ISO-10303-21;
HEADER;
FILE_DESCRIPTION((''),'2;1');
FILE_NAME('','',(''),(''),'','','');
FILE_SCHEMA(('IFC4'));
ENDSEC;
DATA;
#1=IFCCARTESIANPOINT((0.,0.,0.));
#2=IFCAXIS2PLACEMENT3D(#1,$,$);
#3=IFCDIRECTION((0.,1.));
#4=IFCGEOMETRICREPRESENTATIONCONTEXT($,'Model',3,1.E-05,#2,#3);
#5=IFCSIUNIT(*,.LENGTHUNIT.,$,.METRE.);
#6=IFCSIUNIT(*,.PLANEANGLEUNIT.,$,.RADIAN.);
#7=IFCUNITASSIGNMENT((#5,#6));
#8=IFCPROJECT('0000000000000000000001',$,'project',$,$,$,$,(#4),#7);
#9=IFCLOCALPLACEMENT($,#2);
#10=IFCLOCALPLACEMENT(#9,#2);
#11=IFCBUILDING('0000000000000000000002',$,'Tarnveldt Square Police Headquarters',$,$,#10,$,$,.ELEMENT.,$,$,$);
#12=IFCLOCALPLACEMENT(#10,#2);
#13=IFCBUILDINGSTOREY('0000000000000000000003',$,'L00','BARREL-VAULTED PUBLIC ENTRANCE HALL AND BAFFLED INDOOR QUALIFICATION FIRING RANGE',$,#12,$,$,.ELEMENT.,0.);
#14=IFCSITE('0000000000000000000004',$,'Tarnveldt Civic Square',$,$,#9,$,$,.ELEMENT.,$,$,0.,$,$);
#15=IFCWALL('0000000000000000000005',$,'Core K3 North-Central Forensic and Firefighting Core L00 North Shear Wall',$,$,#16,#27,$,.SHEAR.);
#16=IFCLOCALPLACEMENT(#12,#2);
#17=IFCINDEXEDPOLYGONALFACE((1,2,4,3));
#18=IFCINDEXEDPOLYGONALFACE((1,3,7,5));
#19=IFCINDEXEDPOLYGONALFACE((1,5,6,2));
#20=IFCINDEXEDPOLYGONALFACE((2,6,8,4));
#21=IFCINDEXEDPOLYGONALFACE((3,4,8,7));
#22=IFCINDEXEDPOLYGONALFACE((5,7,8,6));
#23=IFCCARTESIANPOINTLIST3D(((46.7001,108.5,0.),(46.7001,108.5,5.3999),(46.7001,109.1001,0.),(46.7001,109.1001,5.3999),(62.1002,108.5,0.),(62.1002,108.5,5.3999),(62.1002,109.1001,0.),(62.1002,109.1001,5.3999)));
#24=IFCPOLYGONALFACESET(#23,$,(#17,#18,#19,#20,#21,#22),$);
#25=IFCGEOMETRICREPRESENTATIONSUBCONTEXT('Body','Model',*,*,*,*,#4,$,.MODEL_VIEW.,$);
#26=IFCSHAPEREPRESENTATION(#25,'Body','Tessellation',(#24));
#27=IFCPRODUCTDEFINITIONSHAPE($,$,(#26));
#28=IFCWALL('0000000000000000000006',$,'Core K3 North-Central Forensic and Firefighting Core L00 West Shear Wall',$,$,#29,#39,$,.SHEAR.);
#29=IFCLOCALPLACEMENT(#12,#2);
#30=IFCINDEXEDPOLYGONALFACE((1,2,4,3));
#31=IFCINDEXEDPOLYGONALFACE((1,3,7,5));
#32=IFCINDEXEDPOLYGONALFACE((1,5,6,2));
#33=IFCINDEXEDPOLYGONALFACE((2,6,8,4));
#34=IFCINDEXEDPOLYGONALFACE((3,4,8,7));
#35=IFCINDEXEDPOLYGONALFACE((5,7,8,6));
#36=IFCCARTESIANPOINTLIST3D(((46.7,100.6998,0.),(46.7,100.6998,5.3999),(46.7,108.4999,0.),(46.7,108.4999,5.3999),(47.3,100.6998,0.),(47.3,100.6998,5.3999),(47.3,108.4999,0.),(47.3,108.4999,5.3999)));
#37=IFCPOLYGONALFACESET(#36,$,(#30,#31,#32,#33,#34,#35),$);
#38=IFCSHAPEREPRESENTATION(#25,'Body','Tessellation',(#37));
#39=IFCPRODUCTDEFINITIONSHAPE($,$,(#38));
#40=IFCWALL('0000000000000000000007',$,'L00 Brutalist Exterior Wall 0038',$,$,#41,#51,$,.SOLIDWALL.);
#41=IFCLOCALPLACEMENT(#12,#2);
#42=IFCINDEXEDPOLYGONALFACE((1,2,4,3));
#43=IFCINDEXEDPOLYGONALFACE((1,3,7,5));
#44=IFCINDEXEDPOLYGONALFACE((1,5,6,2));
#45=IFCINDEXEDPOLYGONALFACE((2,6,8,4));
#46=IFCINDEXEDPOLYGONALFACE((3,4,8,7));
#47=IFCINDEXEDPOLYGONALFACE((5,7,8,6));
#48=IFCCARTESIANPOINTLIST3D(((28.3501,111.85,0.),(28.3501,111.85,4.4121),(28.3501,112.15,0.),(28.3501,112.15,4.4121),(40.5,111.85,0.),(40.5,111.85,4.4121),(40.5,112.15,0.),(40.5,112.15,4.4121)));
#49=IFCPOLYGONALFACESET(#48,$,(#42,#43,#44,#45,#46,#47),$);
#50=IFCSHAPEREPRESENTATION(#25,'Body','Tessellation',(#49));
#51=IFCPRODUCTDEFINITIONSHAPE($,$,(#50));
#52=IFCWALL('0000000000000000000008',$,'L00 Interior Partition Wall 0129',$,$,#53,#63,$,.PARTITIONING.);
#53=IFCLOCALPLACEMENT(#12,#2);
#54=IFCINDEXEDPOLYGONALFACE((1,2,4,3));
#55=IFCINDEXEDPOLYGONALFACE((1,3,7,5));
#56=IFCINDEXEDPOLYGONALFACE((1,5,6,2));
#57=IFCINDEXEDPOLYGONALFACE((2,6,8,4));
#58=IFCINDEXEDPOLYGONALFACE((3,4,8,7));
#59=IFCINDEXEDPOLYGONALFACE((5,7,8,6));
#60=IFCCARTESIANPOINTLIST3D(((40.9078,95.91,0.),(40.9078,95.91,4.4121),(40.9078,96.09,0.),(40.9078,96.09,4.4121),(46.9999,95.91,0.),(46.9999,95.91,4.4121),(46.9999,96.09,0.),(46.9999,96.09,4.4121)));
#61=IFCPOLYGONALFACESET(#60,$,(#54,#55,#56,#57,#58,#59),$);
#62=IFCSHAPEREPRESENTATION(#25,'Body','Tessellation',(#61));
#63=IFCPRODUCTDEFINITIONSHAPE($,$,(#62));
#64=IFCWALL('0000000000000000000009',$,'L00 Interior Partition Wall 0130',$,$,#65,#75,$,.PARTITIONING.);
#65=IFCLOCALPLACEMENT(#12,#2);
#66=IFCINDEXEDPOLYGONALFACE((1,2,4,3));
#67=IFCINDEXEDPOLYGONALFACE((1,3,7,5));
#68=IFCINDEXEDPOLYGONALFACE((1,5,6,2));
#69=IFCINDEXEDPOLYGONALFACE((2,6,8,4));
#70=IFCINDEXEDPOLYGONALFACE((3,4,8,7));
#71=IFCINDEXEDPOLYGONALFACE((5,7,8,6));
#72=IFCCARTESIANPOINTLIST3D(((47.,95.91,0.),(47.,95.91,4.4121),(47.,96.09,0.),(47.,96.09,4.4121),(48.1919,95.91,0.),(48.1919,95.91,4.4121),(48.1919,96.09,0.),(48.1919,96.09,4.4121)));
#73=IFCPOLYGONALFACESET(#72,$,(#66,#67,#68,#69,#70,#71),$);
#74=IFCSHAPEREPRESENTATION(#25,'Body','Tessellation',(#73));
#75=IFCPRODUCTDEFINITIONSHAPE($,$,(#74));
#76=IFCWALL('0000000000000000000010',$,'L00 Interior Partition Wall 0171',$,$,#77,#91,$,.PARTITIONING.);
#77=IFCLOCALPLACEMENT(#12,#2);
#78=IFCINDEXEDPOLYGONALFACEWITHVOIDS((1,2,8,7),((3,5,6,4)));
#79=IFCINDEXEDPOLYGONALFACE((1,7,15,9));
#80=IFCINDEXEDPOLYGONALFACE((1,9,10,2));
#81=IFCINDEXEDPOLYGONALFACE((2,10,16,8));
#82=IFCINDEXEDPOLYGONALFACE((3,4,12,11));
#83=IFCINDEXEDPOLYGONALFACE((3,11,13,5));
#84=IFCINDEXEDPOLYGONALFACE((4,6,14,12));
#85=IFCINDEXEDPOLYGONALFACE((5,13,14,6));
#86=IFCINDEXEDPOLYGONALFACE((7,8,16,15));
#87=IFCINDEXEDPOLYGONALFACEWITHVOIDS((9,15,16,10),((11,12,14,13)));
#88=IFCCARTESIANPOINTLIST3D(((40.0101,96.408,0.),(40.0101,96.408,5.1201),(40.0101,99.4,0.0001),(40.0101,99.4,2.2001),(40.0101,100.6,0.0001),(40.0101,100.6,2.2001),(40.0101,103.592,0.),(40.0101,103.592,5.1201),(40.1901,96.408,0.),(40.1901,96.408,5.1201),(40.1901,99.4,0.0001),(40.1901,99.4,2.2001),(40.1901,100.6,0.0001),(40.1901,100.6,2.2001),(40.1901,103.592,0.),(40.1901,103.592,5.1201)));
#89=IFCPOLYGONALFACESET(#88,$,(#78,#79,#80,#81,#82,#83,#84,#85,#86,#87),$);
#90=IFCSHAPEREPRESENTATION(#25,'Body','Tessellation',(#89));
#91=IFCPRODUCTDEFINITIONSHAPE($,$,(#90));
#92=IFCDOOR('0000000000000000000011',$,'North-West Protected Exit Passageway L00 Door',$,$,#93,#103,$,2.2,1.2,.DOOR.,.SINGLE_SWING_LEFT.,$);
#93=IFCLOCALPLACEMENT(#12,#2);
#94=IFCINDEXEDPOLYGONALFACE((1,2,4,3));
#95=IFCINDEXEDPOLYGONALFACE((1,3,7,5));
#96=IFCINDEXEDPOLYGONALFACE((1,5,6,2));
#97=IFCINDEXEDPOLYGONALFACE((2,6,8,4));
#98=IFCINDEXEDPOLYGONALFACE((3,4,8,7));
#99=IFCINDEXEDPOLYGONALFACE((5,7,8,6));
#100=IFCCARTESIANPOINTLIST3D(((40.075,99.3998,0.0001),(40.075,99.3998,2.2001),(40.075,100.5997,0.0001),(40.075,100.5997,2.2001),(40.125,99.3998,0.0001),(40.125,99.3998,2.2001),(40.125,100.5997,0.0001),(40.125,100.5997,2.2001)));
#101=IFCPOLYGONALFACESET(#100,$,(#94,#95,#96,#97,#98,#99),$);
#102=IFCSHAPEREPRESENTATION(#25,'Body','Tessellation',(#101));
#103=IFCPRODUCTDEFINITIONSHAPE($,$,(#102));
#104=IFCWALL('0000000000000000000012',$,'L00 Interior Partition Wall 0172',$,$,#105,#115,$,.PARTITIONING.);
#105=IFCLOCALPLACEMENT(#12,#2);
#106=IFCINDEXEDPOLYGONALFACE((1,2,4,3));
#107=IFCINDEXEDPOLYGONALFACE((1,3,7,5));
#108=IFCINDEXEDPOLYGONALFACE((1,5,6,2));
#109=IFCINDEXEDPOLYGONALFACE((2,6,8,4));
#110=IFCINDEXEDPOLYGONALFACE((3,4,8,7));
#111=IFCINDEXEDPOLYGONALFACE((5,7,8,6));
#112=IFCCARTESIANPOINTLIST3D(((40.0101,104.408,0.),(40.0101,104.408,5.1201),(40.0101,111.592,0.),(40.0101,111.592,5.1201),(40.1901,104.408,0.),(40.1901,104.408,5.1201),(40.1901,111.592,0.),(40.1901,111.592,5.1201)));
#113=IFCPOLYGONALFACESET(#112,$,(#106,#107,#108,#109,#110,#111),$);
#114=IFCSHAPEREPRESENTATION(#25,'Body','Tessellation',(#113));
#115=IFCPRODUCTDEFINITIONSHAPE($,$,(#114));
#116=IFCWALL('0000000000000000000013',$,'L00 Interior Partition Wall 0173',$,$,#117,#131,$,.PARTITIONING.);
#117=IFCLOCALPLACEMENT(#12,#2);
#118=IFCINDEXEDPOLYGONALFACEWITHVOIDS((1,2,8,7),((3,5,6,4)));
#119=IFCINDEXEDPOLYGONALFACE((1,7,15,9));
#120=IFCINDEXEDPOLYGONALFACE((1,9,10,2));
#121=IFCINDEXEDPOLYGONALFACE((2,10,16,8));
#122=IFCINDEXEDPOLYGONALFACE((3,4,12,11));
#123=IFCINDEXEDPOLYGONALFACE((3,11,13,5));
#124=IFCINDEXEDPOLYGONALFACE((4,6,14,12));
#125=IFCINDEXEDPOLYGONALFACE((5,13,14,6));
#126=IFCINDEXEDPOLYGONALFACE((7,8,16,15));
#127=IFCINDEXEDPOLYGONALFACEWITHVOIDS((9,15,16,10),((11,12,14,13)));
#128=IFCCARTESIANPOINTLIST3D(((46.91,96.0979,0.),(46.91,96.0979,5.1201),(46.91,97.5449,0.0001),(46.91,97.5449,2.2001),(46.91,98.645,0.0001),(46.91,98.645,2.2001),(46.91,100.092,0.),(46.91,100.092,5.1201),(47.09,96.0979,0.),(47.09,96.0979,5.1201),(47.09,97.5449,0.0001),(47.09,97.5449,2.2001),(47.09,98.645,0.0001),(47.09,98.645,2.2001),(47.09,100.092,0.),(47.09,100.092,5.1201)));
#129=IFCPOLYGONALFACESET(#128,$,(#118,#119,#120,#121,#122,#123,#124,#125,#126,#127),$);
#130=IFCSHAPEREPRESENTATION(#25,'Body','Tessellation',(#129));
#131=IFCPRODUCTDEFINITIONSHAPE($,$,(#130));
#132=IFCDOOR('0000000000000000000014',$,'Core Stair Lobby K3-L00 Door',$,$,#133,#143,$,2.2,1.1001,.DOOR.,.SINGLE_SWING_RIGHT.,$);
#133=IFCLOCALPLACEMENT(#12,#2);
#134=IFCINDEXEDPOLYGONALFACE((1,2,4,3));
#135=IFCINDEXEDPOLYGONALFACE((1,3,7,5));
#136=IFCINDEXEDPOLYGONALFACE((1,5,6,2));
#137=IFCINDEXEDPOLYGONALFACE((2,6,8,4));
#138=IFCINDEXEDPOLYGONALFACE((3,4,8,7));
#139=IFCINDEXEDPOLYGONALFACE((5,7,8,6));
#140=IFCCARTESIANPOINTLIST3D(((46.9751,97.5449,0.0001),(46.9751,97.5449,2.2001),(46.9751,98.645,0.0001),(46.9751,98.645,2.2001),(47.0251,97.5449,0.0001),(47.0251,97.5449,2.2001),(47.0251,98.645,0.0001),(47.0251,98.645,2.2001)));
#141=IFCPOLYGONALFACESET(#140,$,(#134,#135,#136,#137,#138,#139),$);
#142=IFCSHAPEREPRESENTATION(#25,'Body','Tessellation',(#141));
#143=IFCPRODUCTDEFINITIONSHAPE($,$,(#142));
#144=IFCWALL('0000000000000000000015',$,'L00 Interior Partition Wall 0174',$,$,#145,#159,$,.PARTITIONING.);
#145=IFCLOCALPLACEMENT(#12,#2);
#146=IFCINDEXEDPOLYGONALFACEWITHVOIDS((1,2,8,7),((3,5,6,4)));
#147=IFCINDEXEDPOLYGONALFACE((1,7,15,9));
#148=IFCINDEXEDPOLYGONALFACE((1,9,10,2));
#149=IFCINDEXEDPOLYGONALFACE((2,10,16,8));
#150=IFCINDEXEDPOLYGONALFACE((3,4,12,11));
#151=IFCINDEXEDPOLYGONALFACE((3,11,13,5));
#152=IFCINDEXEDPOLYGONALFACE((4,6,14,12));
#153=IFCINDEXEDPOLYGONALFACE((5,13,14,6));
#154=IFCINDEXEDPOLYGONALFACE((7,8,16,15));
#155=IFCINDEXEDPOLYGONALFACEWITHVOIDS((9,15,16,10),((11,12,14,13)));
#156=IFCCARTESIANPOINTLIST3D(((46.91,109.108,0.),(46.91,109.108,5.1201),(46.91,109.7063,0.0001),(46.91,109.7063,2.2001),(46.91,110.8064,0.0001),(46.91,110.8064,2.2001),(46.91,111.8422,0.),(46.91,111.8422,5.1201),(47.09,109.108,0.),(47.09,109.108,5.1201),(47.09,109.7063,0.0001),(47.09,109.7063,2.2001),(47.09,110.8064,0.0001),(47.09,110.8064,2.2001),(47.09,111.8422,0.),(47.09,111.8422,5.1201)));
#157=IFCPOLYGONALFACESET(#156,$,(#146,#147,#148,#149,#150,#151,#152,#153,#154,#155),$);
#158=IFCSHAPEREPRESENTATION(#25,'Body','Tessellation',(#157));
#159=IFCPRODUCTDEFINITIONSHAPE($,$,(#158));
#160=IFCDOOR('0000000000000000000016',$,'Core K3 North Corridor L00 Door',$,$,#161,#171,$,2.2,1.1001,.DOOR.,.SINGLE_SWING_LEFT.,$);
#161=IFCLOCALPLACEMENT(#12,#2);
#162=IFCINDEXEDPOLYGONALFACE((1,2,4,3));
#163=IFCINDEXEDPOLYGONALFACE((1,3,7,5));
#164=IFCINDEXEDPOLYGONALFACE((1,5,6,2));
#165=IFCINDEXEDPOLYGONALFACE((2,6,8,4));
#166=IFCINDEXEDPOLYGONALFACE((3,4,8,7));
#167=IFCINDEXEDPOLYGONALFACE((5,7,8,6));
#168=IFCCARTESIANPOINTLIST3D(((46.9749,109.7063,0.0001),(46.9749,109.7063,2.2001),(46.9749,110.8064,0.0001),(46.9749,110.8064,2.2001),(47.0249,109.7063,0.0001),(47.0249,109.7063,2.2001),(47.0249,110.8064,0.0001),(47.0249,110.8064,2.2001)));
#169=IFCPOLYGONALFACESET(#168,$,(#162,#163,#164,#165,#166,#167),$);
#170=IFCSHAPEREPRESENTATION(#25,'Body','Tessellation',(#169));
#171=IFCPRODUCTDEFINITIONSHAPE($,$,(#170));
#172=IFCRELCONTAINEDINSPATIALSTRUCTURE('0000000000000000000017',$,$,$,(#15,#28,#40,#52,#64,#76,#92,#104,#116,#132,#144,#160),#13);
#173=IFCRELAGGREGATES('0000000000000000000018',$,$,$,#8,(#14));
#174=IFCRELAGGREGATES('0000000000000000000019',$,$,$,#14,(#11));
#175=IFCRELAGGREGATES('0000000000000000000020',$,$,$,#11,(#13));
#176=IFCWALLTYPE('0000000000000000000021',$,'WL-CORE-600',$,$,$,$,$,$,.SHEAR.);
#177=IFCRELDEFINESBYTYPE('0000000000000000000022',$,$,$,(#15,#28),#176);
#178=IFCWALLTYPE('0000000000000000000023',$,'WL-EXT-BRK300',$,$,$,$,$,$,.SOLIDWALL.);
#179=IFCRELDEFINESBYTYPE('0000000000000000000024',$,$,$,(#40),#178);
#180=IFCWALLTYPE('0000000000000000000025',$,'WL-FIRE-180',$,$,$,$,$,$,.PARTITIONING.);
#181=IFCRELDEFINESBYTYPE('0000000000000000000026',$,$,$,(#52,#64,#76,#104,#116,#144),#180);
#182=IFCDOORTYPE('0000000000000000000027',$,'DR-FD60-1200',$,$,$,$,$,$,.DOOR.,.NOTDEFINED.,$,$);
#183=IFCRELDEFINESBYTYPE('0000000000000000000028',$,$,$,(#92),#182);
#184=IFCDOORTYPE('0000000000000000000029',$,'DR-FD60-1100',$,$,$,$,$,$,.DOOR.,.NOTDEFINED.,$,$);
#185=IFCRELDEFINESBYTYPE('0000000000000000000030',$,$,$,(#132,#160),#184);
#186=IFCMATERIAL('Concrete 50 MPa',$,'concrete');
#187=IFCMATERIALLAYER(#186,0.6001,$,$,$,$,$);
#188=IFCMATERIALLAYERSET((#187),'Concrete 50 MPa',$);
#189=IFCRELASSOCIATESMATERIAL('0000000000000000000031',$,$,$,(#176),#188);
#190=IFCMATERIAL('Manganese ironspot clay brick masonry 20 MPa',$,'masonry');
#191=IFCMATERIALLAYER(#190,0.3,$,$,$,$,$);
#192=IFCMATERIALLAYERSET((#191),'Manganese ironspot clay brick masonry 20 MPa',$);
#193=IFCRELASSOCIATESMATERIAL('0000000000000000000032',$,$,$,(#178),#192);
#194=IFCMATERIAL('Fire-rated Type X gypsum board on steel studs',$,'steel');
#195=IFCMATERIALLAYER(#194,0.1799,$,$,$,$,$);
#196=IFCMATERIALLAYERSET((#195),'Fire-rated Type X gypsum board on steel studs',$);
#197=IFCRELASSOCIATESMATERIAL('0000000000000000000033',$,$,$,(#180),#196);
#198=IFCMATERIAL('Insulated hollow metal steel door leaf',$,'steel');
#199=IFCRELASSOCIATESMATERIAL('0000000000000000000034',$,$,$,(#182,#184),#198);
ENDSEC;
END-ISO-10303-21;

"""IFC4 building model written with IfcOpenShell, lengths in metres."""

from ifc_helpers import new_model, si_unit, direction, frame, frame_2d, origin, place, context, subcontext, project, spatial, rectangle, extrude, material, layer, layer_set, type_object, element, fill, save


model = new_model("IFC4")

# Units and contexts
model_context = context("Model", 3, precision=1e-05, world=origin(), true_north=direction((0.0, 1.0)))
body_context = subcontext(model_context, "Body", "Model", "MODEL_VIEW")
ifc_project = project(units=[si_unit("LENGTHUNIT", "METRE"), si_unit("PLANEANGLEUNIT", "RADIAN")], contexts=[model_context])

# Site, building, storey
site_placement = place(None, origin())
site = spatial("IfcSite", under=ifc_project, at=site_placement, Name="Tarnveldt Civic Square", CompositionType="ELEMENT", RefElevation=0.0)
building_placement = place(site_placement, origin())
building = spatial("IfcBuilding", under=site, at=building_placement, Name="Tarnveldt Square Police Headquarters", CompositionType="ELEMENT")
storey_placement = place(building_placement, origin())
storey = spatial("IfcBuildingStorey", under=building, at=storey_placement, Name="L00", Description="BARREL-VAULTED PUBLIC ENTRANCE HALL AND BAFFLED INDOOR QUALIFICATION FIRING RANGE", CompositionType="ELEMENT", Elevation=0.0)

# Shared definitions
ifc_material_1 = material(Name="Concrete 50 MPa", Category="concrete")

# Shared definitions
ifc_layer_1 = layer(ifc_material_1, 0.6001)
ifc_layer_set_1 = layer_set([ifc_layer_1], Name="Concrete 50 MPa")
wall_type_1 = type_object("IfcWallType", Name="WL-CORE-600", PredefinedType="SHEAR", material=ifc_layer_set_1)
ifc_material_2 = material(Name="Insulated hollow metal steel door leaf", Category="steel")

# Walls
wall_1_placement = place(storey_placement, frame((46.7, 108.8, 0.0), z_axis=(0.0, 0.0, 1.0), x_axis=(1.0, 0.0, 0.0)))
element("IfcWall", 1, at=wall_1_placement, inside=storey, type_object=wall_type_1, Name="Core K3 North-Central Forensic and Firefighting Core L00 North Shear Wall", PredefinedType="SHEAR", context=body_context, shape_type="SweptSolid", body=[
    extrude(rectangle(XDim=15.4001, YDim=0.6001, at=frame_2d((7.7002, 0.0))), origin(), (0.0, 0.0, 1.0), 5.3999),
])
wall_2_placement = place(storey_placement, frame((47.0, 100.7, 0.0), z_axis=(0.0, 0.0, 1.0), x_axis=(0.0, 1.0, 0.0)))
element("IfcWall", 2, at=wall_2_placement, inside=storey, type_object=wall_type_1, Name="Core K3 North-Central Forensic and Firefighting Core L00 West Shear Wall", PredefinedType="SHEAR", context=body_context, shape_type="SweptSolid", body=[
    extrude(rectangle(XDim=7.8, YDim=0.6001, at=frame_2d((3.8999, 0.0))), origin(), (0.0, 0.0, 1.0), 5.3999),
])

# Walls
ifc_material_3 = material(Name="Manganese ironspot clay brick masonry 20 MPa", Category="masonry")
ifc_layer_2 = layer(ifc_material_3, 0.3)
ifc_layer_set_2 = layer_set([ifc_layer_2], Name="Manganese ironspot clay brick masonry 20 MPa")
wall_type_2 = type_object("IfcWallType", Name="WL-EXT-BRK300", PredefinedType="SOLIDWALL", material=ifc_layer_set_2)
wall_3_placement = place(storey_placement, frame((40.5, 112.0, 0.0), z_axis=(0.0, 0.0, 1.0), x_axis=(-1.0, 0.0, 0.0)))
element("IfcWall", 3, at=wall_3_placement, inside=storey, type_object=wall_type_2, Name="L00 Brutalist Exterior Wall 0038", PredefinedType="SOLIDWALL", context=body_context, shape_type="SweptSolid", body=[
    extrude(rectangle(XDim=12.1499, YDim=0.3, at=frame_2d((6.075, 0.0))), origin(), (0.0, 0.0, 1.0), 4.4121),
])
ifc_material_4 = material(Name="Fire-rated Type X gypsum board on steel studs", Category="steel")
ifc_layer_3 = layer(ifc_material_4, 0.1799)
ifc_layer_set_3 = layer_set([ifc_layer_3], Name="Fire-rated Type X gypsum board on steel studs")
wall_type_3 = type_object("IfcWallType", Name="WL-FIRE-180", PredefinedType="PARTITIONING", material=ifc_layer_set_3)
wall_4_placement = place(storey_placement, frame((40.908, 96.0, 0.0), z_axis=(0.0, 0.0, 1.0), x_axis=(1.0, 0.0, 0.0)))
element("IfcWall", 4, at=wall_4_placement, inside=storey, type_object=wall_type_3, Name="L00 Interior Partition Wall 0129", PredefinedType="PARTITIONING", context=body_context, shape_type="SweptSolid", body=[
    extrude(rectangle(XDim=6.092, YDim=0.1799, at=frame_2d((3.0459, 0.0))), origin(), (0.0, 0.0, 1.0), 4.4121),
])
wall_5_placement = place(storey_placement, frame((47.0, 96.0, 0.0), z_axis=(0.0, 0.0, 1.0), x_axis=(1.0, 0.0, 0.0)))
element("IfcWall", 5, at=wall_5_placement, inside=storey, type_object=wall_type_3, Name="L00 Interior Partition Wall 0130", PredefinedType="PARTITIONING", context=body_context, shape_type="SweptSolid", body=[
    extrude(rectangle(XDim=1.1919, YDim=0.1799, at=frame_2d((0.5959, 0.0))), origin(), (0.0, 0.0, 1.0), 4.4121),
])

# Wall, opening, door
wall_6_placement = place(storey_placement, frame((40.1001, 96.408, 0.0), z_axis=(0.0, 0.0, 1.0), x_axis=(0.0, 1.0, 0.0)))
wall_6 = element("IfcWall", 6, at=wall_6_placement, inside=storey, type_object=wall_type_3, Name="L00 Interior Partition Wall 0171", PredefinedType="PARTITIONING", context=body_context, shape_type="SweptSolid", body=[
    extrude(rectangle(XDim=7.1841, YDim=0.1799, at=frame_2d((3.592, 0.0))), origin(), (0.0, 0.0, 1.0), 5.1201),
])
opening_1_placement = place(wall_6_placement, frame((2.9919, 0.0, 0.0)))
opening_1 = element("IfcOpeningElement", 7, at=opening_1_placement, cuts=wall_6, PredefinedType="OPENING", context=body_context, shape_type="SweptSolid", body=[
    extrude(rectangle(XDim=1.2, YDim=2.2, at=frame_2d((0.6001, 1.1001))), frame((0.0, 0.0999, 0.0), z_axis=(0.0, -1.0, 0.0), x_axis=(1.0, 0.0, 0.0)), (0.0, 0.0, 1.0), 0.2),
])
door_type_1 = type_object("IfcDoorType", Name="DR-FD60-1200", OperationType="NOTDEFINED", PredefinedType="DOOR", material=ifc_material_2)
door_1_placement = place(opening_1_placement, frame((1.2, 0.0, 0.0), z_axis=(0.0, 0.0, 1.0), x_axis=(-1.0, 0.0, 0.0)))
door_1 = element("IfcDoor", 8, at=door_1_placement, inside=storey, type_object=door_type_1, Name="North-West Protected Exit Passageway L00 Door", OperationType="SINGLE_SWING_LEFT", OverallHeight=2.2, OverallWidth=1.2, PredefinedType="DOOR", context=body_context, shape_type="SweptSolid", body=[
    extrude(rectangle(XDim=1.2, YDim=2.2, at=frame_2d((0.6001, 1.1001))), frame((0.0, 0.0249, 0.0), z_axis=(0.0, -1.0, 0.0), x_axis=(1.0, 0.0, 0.0)), (0.0, 0.0, 1.0), 0.05),
])
fill(opening_1, door_1)

# Wall
wall_7_placement = place(storey_placement, frame((40.1001, 104.408, 0.0), z_axis=(0.0, 0.0, 1.0), x_axis=(0.0, 1.0, 0.0)))
element("IfcWall", 9, at=wall_7_placement, inside=storey, type_object=wall_type_3, Name="L00 Interior Partition Wall 0172", PredefinedType="PARTITIONING", context=body_context, shape_type="SweptSolid", body=[
    extrude(rectangle(XDim=7.1841, YDim=0.1799, at=frame_2d((3.592, 0.0))), origin(), (0.0, 0.0, 1.0), 5.1201),
])

# Walls, openings, doors
wall_8_placement = place(storey_placement, frame((47.0, 96.0979, 0.0), z_axis=(0.0, 0.0, 1.0), x_axis=(0.0, 1.0, 0.0)))
wall_8 = element("IfcWall", 10, at=wall_8_placement, inside=storey, type_object=wall_type_3, Name="L00 Interior Partition Wall 0173", PredefinedType="PARTITIONING", context=body_context, shape_type="SweptSolid", body=[
    extrude(rectangle(XDim=3.9941, YDim=0.1799, at=frame_2d((1.9971, 0.0))), origin(), (0.0, 0.0, 1.0), 5.1201),
])
opening_2_placement = place(wall_8_placement, frame((1.447, 0.0, 0.0)))
opening_2 = element("IfcOpeningElement", 11, at=opening_2_placement, cuts=wall_8, PredefinedType="OPENING", context=body_context, shape_type="SweptSolid", body=[
    extrude(rectangle(XDim=1.1001, YDim=2.2, at=frame_2d((0.55, 1.1001))), frame((0.0, 0.0999, 0.0), z_axis=(0.0, -1.0, 0.0), x_axis=(1.0, 0.0, 0.0)), (0.0, 0.0, 1.0), 0.2),
])
door_type_2 = type_object("IfcDoorType", Name="DR-FD60-1100", OperationType="NOTDEFINED", PredefinedType="DOOR", material=ifc_material_2)
door_2_placement = place(opening_2_placement, origin())
door_2 = element("IfcDoor", 12, at=door_2_placement, inside=storey, type_object=door_type_2, Name="Core Stair Lobby K3-L00 Door", OperationType="SINGLE_SWING_RIGHT", OverallHeight=2.2, OverallWidth=1.1001, PredefinedType="DOOR", context=body_context, shape_type="SweptSolid", body=[
    extrude(rectangle(XDim=1.1001, YDim=2.2, at=frame_2d((0.55, 1.1001))), frame((0.0, 0.0249, 0.0), z_axis=(0.0, -1.0, 0.0), x_axis=(1.0, 0.0, 0.0)), (0.0, 0.0, 1.0), 0.05),
])
fill(opening_2, door_2)
wall_9_placement = place(storey_placement, frame((47.0, 109.1079, 0.0), z_axis=(0.0, 0.0, 1.0), x_axis=(0.0, 1.0, 0.0)))
wall_9 = element("IfcWall", 13, at=wall_9_placement, inside=storey, type_object=wall_type_3, Name="L00 Interior Partition Wall 0174", PredefinedType="PARTITIONING", context=body_context, shape_type="SweptSolid", body=[
    extrude(rectangle(XDim=2.7341, YDim=0.1799, at=frame_2d((1.3672, 0.0))), origin(), (0.0, 0.0, 1.0), 5.1201),
])
opening_3_placement = place(wall_9_placement, frame((0.5984, 0.0, 0.0)))
opening_3 = element("IfcOpeningElement", 14, at=opening_3_placement, cuts=wall_9, PredefinedType="OPENING", context=body_context, shape_type="SweptSolid", body=[
    extrude(rectangle(XDim=1.1001, YDim=2.2, at=frame_2d((0.55, 1.1001))), frame((0.0, 0.0999, 0.0), z_axis=(0.0, -1.0, 0.0), x_axis=(1.0, 0.0, 0.0)), (0.0, 0.0, 1.0), 0.2),
])
door_3_placement = place(opening_3_placement, frame((1.1001, 0.0, 0.0), z_axis=(0.0, 0.0, 1.0), x_axis=(-1.0, 0.0, 0.0)))
door_3 = element("IfcDoor", 15, at=door_3_placement, inside=storey, type_object=door_type_2, Name="Core K3 North Corridor L00 Door", OperationType="SINGLE_SWING_LEFT", OverallHeight=2.2, OverallWidth=1.1001, PredefinedType="DOOR", context=body_context, shape_type="SweptSolid", body=[
    extrude(rectangle(XDim=1.1001, YDim=2.2, at=frame_2d((0.55, 1.1001))), frame((0.0, 0.0249, 0.0), z_axis=(0.0, -1.0, 0.0), x_axis=(1.0, 0.0, 0.0)), (0.0, 0.0, 1.0), 0.05),
])
fill(opening_3, door_3)

save(model, "model.ifc")
